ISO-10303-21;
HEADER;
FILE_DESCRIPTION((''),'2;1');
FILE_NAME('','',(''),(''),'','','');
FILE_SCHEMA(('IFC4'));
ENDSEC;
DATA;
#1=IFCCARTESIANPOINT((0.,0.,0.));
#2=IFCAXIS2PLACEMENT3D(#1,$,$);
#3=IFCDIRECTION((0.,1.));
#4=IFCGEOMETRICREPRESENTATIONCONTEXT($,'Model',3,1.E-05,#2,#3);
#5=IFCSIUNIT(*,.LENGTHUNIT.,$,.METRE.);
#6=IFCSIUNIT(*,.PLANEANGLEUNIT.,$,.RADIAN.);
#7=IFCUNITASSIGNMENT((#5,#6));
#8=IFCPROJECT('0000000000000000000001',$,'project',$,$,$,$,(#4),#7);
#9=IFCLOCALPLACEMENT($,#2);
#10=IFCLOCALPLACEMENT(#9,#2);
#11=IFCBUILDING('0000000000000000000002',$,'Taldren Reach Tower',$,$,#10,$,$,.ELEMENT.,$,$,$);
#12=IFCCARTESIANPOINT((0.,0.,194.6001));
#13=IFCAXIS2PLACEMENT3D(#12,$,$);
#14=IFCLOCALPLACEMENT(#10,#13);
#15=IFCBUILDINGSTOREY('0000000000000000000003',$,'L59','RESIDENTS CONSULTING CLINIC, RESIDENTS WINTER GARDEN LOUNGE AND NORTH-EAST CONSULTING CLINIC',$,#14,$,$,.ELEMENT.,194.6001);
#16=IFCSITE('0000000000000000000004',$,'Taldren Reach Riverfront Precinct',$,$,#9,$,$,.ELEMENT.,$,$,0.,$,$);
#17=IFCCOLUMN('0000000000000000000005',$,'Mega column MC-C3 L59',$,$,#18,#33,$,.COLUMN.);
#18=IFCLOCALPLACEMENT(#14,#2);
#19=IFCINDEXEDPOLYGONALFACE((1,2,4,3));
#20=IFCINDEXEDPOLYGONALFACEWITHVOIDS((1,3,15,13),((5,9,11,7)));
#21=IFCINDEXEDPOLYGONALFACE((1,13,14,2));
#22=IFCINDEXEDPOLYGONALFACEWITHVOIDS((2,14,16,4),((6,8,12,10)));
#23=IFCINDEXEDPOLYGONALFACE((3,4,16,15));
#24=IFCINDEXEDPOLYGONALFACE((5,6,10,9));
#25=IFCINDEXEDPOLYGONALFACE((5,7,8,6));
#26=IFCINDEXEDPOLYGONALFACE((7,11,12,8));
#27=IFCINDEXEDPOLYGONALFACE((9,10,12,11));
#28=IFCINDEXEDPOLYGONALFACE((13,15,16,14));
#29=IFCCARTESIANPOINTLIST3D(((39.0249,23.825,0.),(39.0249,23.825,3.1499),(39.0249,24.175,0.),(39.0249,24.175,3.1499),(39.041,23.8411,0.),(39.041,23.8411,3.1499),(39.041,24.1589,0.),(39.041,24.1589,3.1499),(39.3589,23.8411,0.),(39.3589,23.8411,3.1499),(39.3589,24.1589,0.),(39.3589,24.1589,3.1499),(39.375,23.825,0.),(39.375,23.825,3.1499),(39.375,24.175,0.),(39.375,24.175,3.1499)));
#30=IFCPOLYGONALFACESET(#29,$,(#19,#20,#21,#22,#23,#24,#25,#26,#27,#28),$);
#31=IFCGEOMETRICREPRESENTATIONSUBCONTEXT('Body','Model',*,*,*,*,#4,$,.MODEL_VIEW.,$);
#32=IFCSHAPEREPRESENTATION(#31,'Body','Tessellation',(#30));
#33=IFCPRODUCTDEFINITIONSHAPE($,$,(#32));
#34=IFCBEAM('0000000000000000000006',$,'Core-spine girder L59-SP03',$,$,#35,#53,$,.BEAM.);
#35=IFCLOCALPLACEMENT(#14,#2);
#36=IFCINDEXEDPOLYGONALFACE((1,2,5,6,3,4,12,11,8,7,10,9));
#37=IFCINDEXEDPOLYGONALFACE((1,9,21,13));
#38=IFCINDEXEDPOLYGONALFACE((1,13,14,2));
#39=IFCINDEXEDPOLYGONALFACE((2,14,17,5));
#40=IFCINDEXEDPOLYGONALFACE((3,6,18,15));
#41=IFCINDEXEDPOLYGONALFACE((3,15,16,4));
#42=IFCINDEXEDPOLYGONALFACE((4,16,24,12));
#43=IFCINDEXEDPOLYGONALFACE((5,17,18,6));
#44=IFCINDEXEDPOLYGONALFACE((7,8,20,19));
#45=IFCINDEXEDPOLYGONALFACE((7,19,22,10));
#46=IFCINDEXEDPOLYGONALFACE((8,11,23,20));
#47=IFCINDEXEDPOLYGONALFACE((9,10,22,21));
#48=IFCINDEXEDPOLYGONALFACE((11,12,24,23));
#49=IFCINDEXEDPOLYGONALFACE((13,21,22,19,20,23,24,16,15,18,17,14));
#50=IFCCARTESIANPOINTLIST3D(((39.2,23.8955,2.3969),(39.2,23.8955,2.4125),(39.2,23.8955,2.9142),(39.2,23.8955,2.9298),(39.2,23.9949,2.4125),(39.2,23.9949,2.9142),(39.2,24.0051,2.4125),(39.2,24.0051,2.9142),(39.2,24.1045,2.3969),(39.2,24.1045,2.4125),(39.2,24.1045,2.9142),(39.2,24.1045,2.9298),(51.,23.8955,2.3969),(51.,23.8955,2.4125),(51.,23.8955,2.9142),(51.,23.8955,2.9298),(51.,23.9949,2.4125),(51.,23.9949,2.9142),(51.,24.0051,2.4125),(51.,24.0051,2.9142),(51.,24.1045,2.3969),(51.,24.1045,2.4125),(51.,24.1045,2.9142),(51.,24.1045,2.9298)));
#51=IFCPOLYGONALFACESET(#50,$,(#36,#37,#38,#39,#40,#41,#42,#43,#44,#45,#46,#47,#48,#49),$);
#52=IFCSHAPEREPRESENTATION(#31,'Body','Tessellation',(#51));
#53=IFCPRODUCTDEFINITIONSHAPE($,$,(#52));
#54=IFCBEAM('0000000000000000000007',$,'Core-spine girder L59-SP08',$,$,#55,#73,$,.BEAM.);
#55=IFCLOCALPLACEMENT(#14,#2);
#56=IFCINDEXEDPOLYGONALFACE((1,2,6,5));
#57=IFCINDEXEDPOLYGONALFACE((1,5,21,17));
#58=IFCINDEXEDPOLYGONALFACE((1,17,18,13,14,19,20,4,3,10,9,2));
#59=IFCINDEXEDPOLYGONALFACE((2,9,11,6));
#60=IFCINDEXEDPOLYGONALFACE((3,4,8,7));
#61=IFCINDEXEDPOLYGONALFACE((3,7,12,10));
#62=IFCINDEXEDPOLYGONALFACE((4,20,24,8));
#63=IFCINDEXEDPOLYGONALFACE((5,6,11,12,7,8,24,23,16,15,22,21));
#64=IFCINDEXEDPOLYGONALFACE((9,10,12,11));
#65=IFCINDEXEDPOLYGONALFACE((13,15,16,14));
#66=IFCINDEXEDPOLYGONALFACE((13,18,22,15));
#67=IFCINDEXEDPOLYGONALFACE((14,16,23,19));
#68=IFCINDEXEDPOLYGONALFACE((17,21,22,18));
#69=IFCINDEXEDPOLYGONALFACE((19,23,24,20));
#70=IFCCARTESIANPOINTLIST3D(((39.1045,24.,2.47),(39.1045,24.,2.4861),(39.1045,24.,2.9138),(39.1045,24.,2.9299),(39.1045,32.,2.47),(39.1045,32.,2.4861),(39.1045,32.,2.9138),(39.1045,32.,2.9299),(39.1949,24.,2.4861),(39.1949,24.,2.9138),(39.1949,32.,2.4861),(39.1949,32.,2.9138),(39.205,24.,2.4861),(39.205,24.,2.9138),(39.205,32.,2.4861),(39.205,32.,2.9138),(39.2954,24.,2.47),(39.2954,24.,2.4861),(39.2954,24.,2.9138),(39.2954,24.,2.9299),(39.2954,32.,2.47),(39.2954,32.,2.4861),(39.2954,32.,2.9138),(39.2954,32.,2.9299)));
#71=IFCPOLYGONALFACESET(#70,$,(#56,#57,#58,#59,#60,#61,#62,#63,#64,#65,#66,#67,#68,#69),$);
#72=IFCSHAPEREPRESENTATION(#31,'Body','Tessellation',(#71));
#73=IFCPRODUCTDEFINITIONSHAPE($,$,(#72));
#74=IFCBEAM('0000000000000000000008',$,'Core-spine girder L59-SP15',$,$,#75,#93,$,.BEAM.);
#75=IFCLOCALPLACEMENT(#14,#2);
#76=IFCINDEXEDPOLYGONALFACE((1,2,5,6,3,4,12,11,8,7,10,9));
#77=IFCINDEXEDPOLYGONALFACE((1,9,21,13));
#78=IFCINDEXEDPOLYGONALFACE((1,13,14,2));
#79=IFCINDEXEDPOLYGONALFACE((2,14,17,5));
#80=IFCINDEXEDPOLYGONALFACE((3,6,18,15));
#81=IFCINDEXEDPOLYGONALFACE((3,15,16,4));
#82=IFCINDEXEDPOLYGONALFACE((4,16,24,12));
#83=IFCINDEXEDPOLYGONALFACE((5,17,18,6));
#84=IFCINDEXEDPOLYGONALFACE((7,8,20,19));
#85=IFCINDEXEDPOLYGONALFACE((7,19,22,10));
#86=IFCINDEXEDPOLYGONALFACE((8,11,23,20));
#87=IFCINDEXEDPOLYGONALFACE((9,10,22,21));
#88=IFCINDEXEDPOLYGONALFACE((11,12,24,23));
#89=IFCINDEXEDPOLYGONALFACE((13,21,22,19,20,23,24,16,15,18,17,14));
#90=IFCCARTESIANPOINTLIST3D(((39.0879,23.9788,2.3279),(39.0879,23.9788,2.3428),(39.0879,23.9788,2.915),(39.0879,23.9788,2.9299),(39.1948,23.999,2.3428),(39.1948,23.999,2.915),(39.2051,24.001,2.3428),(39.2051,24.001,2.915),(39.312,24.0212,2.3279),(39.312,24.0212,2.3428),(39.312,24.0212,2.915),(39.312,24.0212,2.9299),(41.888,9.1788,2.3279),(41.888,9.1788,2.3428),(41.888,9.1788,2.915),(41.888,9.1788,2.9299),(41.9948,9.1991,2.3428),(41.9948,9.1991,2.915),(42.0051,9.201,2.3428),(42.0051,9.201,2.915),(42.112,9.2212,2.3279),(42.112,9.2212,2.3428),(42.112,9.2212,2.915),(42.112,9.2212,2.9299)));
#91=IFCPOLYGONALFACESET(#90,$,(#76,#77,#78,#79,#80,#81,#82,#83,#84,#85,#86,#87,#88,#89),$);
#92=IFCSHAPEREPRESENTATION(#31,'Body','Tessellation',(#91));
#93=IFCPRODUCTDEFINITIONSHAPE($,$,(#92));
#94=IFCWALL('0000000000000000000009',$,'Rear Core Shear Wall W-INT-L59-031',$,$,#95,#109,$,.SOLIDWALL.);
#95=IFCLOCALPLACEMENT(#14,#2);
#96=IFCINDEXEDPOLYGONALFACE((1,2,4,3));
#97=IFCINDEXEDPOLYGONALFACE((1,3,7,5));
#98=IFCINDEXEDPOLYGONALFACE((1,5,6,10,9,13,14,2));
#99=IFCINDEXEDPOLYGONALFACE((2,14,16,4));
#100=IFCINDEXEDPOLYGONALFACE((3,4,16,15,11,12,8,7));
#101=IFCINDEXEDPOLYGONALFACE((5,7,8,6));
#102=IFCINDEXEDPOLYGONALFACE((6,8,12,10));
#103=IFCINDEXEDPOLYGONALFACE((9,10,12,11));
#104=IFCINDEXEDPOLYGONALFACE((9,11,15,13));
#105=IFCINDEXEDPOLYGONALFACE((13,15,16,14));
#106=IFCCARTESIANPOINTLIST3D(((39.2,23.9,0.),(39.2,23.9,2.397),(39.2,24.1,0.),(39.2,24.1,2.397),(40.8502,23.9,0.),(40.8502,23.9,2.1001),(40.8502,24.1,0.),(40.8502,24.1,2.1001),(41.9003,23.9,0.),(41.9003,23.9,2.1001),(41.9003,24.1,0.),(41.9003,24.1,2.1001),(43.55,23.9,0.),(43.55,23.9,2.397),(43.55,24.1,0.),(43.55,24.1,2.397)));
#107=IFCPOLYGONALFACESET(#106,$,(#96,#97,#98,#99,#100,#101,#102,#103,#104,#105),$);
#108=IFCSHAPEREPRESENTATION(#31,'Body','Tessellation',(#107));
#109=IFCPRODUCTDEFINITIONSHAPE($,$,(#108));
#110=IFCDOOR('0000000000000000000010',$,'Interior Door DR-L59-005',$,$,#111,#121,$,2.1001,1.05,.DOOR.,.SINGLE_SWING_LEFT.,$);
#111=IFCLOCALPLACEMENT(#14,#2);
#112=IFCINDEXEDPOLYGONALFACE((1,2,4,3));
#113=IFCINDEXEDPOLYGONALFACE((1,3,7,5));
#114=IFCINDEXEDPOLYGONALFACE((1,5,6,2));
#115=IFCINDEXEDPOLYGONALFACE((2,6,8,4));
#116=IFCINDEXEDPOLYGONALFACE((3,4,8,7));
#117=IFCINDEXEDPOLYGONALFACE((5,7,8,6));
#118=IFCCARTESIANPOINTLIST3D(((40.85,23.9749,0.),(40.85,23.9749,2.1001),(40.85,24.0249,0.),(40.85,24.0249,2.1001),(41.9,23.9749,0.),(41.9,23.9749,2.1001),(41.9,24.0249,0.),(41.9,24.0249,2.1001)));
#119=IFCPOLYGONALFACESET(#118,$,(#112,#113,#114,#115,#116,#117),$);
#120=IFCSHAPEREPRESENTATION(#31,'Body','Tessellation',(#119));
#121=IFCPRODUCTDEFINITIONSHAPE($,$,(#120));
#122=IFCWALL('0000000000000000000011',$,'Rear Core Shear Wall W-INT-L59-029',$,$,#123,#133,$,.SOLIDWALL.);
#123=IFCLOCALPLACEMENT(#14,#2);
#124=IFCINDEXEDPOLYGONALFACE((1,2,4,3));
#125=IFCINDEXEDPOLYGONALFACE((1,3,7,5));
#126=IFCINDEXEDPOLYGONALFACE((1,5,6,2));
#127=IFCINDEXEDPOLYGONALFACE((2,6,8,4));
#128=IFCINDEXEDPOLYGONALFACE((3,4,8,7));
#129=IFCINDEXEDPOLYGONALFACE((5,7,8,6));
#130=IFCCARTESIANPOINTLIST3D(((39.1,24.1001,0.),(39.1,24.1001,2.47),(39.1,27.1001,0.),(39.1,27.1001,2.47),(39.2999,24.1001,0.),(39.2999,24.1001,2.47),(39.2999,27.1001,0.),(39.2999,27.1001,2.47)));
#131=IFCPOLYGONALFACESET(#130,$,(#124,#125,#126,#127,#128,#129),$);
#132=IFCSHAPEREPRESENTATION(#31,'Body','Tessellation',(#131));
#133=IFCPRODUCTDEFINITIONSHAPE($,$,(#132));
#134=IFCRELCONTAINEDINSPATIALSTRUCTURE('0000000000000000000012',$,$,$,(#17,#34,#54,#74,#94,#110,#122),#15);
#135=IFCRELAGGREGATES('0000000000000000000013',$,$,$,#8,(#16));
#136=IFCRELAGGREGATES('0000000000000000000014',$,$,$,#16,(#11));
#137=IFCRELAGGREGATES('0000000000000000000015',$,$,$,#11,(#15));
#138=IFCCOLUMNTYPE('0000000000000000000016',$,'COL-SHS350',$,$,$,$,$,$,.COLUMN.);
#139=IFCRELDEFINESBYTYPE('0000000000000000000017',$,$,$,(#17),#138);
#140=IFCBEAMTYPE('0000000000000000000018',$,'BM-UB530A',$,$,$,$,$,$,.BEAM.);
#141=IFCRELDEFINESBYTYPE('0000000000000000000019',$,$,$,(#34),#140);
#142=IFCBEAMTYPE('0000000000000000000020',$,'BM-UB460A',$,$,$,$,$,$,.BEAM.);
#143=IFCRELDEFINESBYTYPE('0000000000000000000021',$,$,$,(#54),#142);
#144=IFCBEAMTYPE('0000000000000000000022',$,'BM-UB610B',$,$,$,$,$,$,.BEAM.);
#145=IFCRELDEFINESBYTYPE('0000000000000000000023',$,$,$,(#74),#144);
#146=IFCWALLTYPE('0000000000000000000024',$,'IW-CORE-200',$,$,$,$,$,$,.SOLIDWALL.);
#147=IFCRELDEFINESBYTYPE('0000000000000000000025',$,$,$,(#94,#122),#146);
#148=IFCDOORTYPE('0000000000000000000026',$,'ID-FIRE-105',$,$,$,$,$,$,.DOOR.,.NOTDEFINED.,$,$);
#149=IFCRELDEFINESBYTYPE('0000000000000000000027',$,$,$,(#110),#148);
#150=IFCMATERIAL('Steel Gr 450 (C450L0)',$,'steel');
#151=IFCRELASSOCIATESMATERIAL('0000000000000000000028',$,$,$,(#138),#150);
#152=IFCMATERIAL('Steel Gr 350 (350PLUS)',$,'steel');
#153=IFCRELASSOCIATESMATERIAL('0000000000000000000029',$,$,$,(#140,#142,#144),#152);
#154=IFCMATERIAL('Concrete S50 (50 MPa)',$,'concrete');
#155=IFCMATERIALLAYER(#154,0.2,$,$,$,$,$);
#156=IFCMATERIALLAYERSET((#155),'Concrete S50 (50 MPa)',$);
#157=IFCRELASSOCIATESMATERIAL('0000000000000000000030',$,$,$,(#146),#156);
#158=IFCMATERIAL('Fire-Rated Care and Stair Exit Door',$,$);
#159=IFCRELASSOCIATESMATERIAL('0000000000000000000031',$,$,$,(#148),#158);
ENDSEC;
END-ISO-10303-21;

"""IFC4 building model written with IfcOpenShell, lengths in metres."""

from ifc_helpers import new_model, si_unit, direction, frame, frame_2d, origin, origin_2d, place, context, subcontext, project, spatial, rectangle, hollow_rectangle, i_section, extrude, source, transform, mapped, material, layer, layer_set, material_profile, profile_set, type_object, element, fill, save


model = new_model("IFC4")

# Units and contexts
model_context = context("Model", 3, precision=1e-05, world=origin(), true_north=direction((0.0, 1.0)))
body_context = subcontext(model_context, "Body", "Model", "MODEL_VIEW")
ifc_project = project(units=[si_unit("LENGTHUNIT", "METRE"), si_unit("PLANEANGLEUNIT", "RADIAN")], contexts=[model_context])

# Site, building, storey
site_placement = place(None, origin())
site = spatial("IfcSite", under=ifc_project, at=site_placement, Name="Taldren Reach Riverfront Precinct", CompositionType="ELEMENT", RefElevation=0.0)
building_placement = place(site_placement, origin())
building = spatial("IfcBuilding", under=site, at=building_placement, Name="Taldren Reach Tower", CompositionType="ELEMENT")
storey_placement = place(building_placement, frame((0.0, 0.0, 194.6001)))
storey = spatial("IfcBuildingStorey", under=building, at=storey_placement, Name="L59", Description="RESIDENTS CONSULTING CLINIC, RESIDENTS WINTER GARDEN LOUNGE AND NORTH-EAST CONSULTING CLINIC", CompositionType="ELEMENT", Elevation=194.6001)

# Column
ifc_material_1 = material(Name="Steel Gr 450 (C450L0)", Category="steel")
ifc_material_profile_1 = material_profile(ifc_material_1, hollow_rectangle(XDim=0.3501, YDim=0.3501, WallThickness=0.0161, at=origin_2d()), Name="350x350x16.0SHS")
ifc_profile_set_1 = profile_set([ifc_material_profile_1], Name="Steel Gr 450 (C450L0)")
column_type = type_object("IfcColumnType", Name="COL-SHS350", PredefinedType="COLUMN", material=ifc_profile_set_1)
shared_shape_1 = source(origin(), body_context, "Body", "SweptSolid", [
    extrude(hollow_rectangle(XDim=0.3501, YDim=0.3501, WallThickness=0.0161, at=origin_2d()), origin(), (0.0, 0.0, 1.0), 3.1499),
])
column_placement = place(storey_placement, frame((39.2, 24.0, 0.0), z_axis=(0.0, 0.0, 1.0), x_axis=(1.0, 0.0, 0.0)))
element("IfcColumn", 1, at=column_placement, inside=storey, type_object=column_type, Name="Mega column MC-C3 L59", PredefinedType="COLUMN", context=body_context, shape_type="MappedRepresentation", body=[
    mapped(shared_shape_1, transform((0.0, 0.0, 0.0), scale=1.0)),
])

# Beams
ifc_material_2 = material(Name="Steel Gr 350 (350PLUS)", Category="steel")
ifc_material_profile_2 = material_profile(ifc_material_2, i_section(OverallWidth=0.209, OverallDepth=0.533, WebThickness=0.0103, FlangeThickness=0.0156, at=origin_2d()), Name="530UB92.4")
ifc_profile_set_2 = profile_set([ifc_material_profile_2], Name="Steel Gr 350 (350PLUS)")
beam_type_1 = type_object("IfcBeamType", Name="BM-UB530A", PredefinedType="BEAM", material=ifc_profile_set_2)
shared_shape_2 = source(origin(), body_context, "Body", "SweptSolid", [
    extrude(i_section(OverallWidth=0.209, OverallDepth=0.533, WebThickness=0.0103, FlangeThickness=0.0156, at=origin_2d()), origin(), (0.0, 0.0, 1.0), 11.8),
])
beam_1_placement = place(storey_placement, frame((39.2, 24.0, 2.6633), z_axis=(1.0, 0.0, 0.0), x_axis=(0.0, 1.0, 0.0)))
element("IfcBeam", 2, at=beam_1_placement, inside=storey, type_object=beam_type_1, Name="Core-spine girder L59-SP03", PredefinedType="BEAM", context=body_context, shape_type="MappedRepresentation", body=[
    mapped(shared_shape_2, transform((0.0, 0.0, 0.0), scale=1.0)),
])
ifc_material_profile_3 = material_profile(ifc_material_2, i_section(OverallWidth=0.1909, OverallDepth=0.46, WebThickness=0.01, FlangeThickness=0.0161, at=origin_2d()), Name="460UB82.1")
ifc_profile_set_3 = profile_set([ifc_material_profile_3], Name="Steel Gr 350 (350PLUS)")
beam_type_2 = type_object("IfcBeamType", Name="BM-UB460A", PredefinedType="BEAM", material=ifc_profile_set_3)
shared_shape_3 = source(origin(), body_context, "Body", "SweptSolid", [
    extrude(i_section(OverallWidth=0.1909, OverallDepth=0.46, WebThickness=0.01, FlangeThickness=0.0161, at=origin_2d()), origin(), (0.0, 0.0, 1.0), 8.0),
])
beam_2_placement = place(storey_placement, frame((39.2, 24.0, 2.7), z_axis=(0.0, 1.0, 0.0), x_axis=(-1.0, 0.0, 0.0)))
element("IfcBeam", 3, at=beam_2_placement, inside=storey, type_object=beam_type_2, Name="Core-spine girder L59-SP08", PredefinedType="BEAM", context=body_context, shape_type="MappedRepresentation", body=[
    mapped(shared_shape_3, transform((0.0, 0.0, 0.0), scale=1.0)),
])
ifc_material_profile_4 = material_profile(ifc_material_2, i_section(OverallWidth=0.228, OverallDepth=0.6021, WebThickness=0.0105, FlangeThickness=0.0149, at=origin_2d()), Name="610UB101")
ifc_profile_set_4 = profile_set([ifc_material_profile_4], Name="Steel Gr 350 (350PLUS)")
beam_type_3 = type_object("IfcBeamType", Name="BM-UB610B", PredefinedType="BEAM", material=ifc_profile_set_4)
shared_shape_4 = source(origin(), body_context, "Body", "SweptSolid", [
    extrude(i_section(OverallWidth=0.228, OverallDepth=0.6021, WebThickness=0.0105, FlangeThickness=0.0149, at=origin_2d()), origin(), (0.0, 0.0, 1.0), 15.0625),
])
beam_3_placement = place(storey_placement, frame((39.2, 24.0, 2.6289), z_axis=(0.185894, -0.98257, 0.0), x_axis=(0.98257, 0.185894, 0.0)))
element("IfcBeam", 4, at=beam_3_placement, inside=storey, type_object=beam_type_3, Name="Core-spine girder L59-SP15", PredefinedType="BEAM", context=body_context, shape_type="MappedRepresentation", body=[
    mapped(shared_shape_4, transform((0.0, 0.0, 0.0), scale=1.0)),
])

# Wall, opening, door
ifc_material_3 = material(Name="Concrete S50 (50 MPa)", Category="concrete")
ifc_layer_1 = layer(ifc_material_3, 0.2)
ifc_layer_set_1 = layer_set([ifc_layer_1], Name="Concrete S50 (50 MPa)")
wall_type_1 = type_object("IfcWallType", Name="IW-CORE-200", PredefinedType="SOLIDWALL", material=ifc_layer_set_1)
shared_shape_5 = source(origin(), body_context, "Body", "SweptSolid", [
    extrude(rectangle(XDim=4.3501, YDim=0.2, at=frame_2d((2.175, 0.0))), origin(), (0.0, 0.0, 1.0), 2.397),
])
wall_1_placement = place(storey_placement, frame((43.55, 24.0, 0.0), z_axis=(0.0, 0.0, 1.0), x_axis=(-1.0, 0.0, 0.0)))
wall_1 = element("IfcWall", 5, at=wall_1_placement, inside=storey, type_object=wall_type_1, Name="Rear Core Shear Wall W-INT-L59-031", PredefinedType="SOLIDWALL", context=body_context, shape_type="MappedRepresentation", body=[
    mapped(shared_shape_5, transform((0.0, 0.0, 0.0), scale=1.0)),
])
shared_shape_6 = source(origin(), body_context, "Body", "SweptSolid", [
    extrude(rectangle(XDim=1.05, YDim=2.1001, at=frame_2d((0.5249, 1.05))), frame((0.0, 0.1099, 0.0), z_axis=(0.0, -1.0, 0.0), x_axis=(1.0, 0.0, 0.0)), (0.0, 0.0, 1.0), 0.22),
])
opening_1_placement = place(wall_1_placement, frame((1.6499, 0.0, 0.0)))
opening_1 = element("IfcOpeningElement", 6, at=opening_1_placement, cuts=wall_1, PredefinedType="OPENING", context=body_context, shape_type="MappedRepresentation", body=[
    mapped(shared_shape_6, transform((0.0, 0.0, 0.0), scale=1.0)),
])
ifc_material_4 = material(Name="Fire-Rated Care and Stair Exit Door")
door_type_1 = type_object("IfcDoorType", Name="ID-FIRE-105", OperationType="NOTDEFINED", PredefinedType="DOOR", material=ifc_material_4)
shared_shape_7 = source(origin(), body_context, "Body", "SweptSolid", [
    extrude(rectangle(XDim=1.05, YDim=2.1001, at=frame_2d((0.5249, 1.05))), frame((0.0, 0.0249, 0.0), z_axis=(0.0, -1.0, 0.0), x_axis=(1.0, 0.0, 0.0)), (0.0, 0.0, 1.0), 0.05),
])
door_1_placement = place(opening_1_placement, frame((1.05, 0.0, 0.0), z_axis=(0.0, 0.0, 1.0), x_axis=(-1.0, 0.0, 0.0)))
door_1 = element("IfcDoor", 7, at=door_1_placement, inside=storey, type_object=door_type_1, Name="Interior Door DR-L59-005", OperationType="SINGLE_SWING_LEFT", OverallHeight=2.1001, OverallWidth=1.05, PredefinedType="DOOR", context=body_context, shape_type="MappedRepresentation", body=[
    mapped(shared_shape_7, transform((0.0, 0.0, 0.0), scale=1.0)),
])
fill(opening_1, door_1)

# Wall
shared_shape_8 = source(origin(), body_context, "Body", "SweptSolid", [
    extrude(rectangle(XDim=3.0, YDim=0.2, at=frame_2d((1.5, 0.0))), origin(), (0.0, 0.0, 1.0), 2.47),
])
wall_2_placement = place(storey_placement, frame((39.2, 24.1001, 0.0), z_axis=(0.0, 0.0, 1.0), x_axis=(0.0, 1.0, 0.0)))
element("IfcWall", 8, at=wall_2_placement, inside=storey, type_object=wall_type_1, Name="Rear Core Shear Wall W-INT-L59-029", PredefinedType="SOLIDWALL", context=body_context, shape_type="MappedRepresentation", body=[
    mapped(shared_shape_8, transform((0.0, 0.0, 0.0), scale=1.0)),
])

save(model, "model.ifc")
